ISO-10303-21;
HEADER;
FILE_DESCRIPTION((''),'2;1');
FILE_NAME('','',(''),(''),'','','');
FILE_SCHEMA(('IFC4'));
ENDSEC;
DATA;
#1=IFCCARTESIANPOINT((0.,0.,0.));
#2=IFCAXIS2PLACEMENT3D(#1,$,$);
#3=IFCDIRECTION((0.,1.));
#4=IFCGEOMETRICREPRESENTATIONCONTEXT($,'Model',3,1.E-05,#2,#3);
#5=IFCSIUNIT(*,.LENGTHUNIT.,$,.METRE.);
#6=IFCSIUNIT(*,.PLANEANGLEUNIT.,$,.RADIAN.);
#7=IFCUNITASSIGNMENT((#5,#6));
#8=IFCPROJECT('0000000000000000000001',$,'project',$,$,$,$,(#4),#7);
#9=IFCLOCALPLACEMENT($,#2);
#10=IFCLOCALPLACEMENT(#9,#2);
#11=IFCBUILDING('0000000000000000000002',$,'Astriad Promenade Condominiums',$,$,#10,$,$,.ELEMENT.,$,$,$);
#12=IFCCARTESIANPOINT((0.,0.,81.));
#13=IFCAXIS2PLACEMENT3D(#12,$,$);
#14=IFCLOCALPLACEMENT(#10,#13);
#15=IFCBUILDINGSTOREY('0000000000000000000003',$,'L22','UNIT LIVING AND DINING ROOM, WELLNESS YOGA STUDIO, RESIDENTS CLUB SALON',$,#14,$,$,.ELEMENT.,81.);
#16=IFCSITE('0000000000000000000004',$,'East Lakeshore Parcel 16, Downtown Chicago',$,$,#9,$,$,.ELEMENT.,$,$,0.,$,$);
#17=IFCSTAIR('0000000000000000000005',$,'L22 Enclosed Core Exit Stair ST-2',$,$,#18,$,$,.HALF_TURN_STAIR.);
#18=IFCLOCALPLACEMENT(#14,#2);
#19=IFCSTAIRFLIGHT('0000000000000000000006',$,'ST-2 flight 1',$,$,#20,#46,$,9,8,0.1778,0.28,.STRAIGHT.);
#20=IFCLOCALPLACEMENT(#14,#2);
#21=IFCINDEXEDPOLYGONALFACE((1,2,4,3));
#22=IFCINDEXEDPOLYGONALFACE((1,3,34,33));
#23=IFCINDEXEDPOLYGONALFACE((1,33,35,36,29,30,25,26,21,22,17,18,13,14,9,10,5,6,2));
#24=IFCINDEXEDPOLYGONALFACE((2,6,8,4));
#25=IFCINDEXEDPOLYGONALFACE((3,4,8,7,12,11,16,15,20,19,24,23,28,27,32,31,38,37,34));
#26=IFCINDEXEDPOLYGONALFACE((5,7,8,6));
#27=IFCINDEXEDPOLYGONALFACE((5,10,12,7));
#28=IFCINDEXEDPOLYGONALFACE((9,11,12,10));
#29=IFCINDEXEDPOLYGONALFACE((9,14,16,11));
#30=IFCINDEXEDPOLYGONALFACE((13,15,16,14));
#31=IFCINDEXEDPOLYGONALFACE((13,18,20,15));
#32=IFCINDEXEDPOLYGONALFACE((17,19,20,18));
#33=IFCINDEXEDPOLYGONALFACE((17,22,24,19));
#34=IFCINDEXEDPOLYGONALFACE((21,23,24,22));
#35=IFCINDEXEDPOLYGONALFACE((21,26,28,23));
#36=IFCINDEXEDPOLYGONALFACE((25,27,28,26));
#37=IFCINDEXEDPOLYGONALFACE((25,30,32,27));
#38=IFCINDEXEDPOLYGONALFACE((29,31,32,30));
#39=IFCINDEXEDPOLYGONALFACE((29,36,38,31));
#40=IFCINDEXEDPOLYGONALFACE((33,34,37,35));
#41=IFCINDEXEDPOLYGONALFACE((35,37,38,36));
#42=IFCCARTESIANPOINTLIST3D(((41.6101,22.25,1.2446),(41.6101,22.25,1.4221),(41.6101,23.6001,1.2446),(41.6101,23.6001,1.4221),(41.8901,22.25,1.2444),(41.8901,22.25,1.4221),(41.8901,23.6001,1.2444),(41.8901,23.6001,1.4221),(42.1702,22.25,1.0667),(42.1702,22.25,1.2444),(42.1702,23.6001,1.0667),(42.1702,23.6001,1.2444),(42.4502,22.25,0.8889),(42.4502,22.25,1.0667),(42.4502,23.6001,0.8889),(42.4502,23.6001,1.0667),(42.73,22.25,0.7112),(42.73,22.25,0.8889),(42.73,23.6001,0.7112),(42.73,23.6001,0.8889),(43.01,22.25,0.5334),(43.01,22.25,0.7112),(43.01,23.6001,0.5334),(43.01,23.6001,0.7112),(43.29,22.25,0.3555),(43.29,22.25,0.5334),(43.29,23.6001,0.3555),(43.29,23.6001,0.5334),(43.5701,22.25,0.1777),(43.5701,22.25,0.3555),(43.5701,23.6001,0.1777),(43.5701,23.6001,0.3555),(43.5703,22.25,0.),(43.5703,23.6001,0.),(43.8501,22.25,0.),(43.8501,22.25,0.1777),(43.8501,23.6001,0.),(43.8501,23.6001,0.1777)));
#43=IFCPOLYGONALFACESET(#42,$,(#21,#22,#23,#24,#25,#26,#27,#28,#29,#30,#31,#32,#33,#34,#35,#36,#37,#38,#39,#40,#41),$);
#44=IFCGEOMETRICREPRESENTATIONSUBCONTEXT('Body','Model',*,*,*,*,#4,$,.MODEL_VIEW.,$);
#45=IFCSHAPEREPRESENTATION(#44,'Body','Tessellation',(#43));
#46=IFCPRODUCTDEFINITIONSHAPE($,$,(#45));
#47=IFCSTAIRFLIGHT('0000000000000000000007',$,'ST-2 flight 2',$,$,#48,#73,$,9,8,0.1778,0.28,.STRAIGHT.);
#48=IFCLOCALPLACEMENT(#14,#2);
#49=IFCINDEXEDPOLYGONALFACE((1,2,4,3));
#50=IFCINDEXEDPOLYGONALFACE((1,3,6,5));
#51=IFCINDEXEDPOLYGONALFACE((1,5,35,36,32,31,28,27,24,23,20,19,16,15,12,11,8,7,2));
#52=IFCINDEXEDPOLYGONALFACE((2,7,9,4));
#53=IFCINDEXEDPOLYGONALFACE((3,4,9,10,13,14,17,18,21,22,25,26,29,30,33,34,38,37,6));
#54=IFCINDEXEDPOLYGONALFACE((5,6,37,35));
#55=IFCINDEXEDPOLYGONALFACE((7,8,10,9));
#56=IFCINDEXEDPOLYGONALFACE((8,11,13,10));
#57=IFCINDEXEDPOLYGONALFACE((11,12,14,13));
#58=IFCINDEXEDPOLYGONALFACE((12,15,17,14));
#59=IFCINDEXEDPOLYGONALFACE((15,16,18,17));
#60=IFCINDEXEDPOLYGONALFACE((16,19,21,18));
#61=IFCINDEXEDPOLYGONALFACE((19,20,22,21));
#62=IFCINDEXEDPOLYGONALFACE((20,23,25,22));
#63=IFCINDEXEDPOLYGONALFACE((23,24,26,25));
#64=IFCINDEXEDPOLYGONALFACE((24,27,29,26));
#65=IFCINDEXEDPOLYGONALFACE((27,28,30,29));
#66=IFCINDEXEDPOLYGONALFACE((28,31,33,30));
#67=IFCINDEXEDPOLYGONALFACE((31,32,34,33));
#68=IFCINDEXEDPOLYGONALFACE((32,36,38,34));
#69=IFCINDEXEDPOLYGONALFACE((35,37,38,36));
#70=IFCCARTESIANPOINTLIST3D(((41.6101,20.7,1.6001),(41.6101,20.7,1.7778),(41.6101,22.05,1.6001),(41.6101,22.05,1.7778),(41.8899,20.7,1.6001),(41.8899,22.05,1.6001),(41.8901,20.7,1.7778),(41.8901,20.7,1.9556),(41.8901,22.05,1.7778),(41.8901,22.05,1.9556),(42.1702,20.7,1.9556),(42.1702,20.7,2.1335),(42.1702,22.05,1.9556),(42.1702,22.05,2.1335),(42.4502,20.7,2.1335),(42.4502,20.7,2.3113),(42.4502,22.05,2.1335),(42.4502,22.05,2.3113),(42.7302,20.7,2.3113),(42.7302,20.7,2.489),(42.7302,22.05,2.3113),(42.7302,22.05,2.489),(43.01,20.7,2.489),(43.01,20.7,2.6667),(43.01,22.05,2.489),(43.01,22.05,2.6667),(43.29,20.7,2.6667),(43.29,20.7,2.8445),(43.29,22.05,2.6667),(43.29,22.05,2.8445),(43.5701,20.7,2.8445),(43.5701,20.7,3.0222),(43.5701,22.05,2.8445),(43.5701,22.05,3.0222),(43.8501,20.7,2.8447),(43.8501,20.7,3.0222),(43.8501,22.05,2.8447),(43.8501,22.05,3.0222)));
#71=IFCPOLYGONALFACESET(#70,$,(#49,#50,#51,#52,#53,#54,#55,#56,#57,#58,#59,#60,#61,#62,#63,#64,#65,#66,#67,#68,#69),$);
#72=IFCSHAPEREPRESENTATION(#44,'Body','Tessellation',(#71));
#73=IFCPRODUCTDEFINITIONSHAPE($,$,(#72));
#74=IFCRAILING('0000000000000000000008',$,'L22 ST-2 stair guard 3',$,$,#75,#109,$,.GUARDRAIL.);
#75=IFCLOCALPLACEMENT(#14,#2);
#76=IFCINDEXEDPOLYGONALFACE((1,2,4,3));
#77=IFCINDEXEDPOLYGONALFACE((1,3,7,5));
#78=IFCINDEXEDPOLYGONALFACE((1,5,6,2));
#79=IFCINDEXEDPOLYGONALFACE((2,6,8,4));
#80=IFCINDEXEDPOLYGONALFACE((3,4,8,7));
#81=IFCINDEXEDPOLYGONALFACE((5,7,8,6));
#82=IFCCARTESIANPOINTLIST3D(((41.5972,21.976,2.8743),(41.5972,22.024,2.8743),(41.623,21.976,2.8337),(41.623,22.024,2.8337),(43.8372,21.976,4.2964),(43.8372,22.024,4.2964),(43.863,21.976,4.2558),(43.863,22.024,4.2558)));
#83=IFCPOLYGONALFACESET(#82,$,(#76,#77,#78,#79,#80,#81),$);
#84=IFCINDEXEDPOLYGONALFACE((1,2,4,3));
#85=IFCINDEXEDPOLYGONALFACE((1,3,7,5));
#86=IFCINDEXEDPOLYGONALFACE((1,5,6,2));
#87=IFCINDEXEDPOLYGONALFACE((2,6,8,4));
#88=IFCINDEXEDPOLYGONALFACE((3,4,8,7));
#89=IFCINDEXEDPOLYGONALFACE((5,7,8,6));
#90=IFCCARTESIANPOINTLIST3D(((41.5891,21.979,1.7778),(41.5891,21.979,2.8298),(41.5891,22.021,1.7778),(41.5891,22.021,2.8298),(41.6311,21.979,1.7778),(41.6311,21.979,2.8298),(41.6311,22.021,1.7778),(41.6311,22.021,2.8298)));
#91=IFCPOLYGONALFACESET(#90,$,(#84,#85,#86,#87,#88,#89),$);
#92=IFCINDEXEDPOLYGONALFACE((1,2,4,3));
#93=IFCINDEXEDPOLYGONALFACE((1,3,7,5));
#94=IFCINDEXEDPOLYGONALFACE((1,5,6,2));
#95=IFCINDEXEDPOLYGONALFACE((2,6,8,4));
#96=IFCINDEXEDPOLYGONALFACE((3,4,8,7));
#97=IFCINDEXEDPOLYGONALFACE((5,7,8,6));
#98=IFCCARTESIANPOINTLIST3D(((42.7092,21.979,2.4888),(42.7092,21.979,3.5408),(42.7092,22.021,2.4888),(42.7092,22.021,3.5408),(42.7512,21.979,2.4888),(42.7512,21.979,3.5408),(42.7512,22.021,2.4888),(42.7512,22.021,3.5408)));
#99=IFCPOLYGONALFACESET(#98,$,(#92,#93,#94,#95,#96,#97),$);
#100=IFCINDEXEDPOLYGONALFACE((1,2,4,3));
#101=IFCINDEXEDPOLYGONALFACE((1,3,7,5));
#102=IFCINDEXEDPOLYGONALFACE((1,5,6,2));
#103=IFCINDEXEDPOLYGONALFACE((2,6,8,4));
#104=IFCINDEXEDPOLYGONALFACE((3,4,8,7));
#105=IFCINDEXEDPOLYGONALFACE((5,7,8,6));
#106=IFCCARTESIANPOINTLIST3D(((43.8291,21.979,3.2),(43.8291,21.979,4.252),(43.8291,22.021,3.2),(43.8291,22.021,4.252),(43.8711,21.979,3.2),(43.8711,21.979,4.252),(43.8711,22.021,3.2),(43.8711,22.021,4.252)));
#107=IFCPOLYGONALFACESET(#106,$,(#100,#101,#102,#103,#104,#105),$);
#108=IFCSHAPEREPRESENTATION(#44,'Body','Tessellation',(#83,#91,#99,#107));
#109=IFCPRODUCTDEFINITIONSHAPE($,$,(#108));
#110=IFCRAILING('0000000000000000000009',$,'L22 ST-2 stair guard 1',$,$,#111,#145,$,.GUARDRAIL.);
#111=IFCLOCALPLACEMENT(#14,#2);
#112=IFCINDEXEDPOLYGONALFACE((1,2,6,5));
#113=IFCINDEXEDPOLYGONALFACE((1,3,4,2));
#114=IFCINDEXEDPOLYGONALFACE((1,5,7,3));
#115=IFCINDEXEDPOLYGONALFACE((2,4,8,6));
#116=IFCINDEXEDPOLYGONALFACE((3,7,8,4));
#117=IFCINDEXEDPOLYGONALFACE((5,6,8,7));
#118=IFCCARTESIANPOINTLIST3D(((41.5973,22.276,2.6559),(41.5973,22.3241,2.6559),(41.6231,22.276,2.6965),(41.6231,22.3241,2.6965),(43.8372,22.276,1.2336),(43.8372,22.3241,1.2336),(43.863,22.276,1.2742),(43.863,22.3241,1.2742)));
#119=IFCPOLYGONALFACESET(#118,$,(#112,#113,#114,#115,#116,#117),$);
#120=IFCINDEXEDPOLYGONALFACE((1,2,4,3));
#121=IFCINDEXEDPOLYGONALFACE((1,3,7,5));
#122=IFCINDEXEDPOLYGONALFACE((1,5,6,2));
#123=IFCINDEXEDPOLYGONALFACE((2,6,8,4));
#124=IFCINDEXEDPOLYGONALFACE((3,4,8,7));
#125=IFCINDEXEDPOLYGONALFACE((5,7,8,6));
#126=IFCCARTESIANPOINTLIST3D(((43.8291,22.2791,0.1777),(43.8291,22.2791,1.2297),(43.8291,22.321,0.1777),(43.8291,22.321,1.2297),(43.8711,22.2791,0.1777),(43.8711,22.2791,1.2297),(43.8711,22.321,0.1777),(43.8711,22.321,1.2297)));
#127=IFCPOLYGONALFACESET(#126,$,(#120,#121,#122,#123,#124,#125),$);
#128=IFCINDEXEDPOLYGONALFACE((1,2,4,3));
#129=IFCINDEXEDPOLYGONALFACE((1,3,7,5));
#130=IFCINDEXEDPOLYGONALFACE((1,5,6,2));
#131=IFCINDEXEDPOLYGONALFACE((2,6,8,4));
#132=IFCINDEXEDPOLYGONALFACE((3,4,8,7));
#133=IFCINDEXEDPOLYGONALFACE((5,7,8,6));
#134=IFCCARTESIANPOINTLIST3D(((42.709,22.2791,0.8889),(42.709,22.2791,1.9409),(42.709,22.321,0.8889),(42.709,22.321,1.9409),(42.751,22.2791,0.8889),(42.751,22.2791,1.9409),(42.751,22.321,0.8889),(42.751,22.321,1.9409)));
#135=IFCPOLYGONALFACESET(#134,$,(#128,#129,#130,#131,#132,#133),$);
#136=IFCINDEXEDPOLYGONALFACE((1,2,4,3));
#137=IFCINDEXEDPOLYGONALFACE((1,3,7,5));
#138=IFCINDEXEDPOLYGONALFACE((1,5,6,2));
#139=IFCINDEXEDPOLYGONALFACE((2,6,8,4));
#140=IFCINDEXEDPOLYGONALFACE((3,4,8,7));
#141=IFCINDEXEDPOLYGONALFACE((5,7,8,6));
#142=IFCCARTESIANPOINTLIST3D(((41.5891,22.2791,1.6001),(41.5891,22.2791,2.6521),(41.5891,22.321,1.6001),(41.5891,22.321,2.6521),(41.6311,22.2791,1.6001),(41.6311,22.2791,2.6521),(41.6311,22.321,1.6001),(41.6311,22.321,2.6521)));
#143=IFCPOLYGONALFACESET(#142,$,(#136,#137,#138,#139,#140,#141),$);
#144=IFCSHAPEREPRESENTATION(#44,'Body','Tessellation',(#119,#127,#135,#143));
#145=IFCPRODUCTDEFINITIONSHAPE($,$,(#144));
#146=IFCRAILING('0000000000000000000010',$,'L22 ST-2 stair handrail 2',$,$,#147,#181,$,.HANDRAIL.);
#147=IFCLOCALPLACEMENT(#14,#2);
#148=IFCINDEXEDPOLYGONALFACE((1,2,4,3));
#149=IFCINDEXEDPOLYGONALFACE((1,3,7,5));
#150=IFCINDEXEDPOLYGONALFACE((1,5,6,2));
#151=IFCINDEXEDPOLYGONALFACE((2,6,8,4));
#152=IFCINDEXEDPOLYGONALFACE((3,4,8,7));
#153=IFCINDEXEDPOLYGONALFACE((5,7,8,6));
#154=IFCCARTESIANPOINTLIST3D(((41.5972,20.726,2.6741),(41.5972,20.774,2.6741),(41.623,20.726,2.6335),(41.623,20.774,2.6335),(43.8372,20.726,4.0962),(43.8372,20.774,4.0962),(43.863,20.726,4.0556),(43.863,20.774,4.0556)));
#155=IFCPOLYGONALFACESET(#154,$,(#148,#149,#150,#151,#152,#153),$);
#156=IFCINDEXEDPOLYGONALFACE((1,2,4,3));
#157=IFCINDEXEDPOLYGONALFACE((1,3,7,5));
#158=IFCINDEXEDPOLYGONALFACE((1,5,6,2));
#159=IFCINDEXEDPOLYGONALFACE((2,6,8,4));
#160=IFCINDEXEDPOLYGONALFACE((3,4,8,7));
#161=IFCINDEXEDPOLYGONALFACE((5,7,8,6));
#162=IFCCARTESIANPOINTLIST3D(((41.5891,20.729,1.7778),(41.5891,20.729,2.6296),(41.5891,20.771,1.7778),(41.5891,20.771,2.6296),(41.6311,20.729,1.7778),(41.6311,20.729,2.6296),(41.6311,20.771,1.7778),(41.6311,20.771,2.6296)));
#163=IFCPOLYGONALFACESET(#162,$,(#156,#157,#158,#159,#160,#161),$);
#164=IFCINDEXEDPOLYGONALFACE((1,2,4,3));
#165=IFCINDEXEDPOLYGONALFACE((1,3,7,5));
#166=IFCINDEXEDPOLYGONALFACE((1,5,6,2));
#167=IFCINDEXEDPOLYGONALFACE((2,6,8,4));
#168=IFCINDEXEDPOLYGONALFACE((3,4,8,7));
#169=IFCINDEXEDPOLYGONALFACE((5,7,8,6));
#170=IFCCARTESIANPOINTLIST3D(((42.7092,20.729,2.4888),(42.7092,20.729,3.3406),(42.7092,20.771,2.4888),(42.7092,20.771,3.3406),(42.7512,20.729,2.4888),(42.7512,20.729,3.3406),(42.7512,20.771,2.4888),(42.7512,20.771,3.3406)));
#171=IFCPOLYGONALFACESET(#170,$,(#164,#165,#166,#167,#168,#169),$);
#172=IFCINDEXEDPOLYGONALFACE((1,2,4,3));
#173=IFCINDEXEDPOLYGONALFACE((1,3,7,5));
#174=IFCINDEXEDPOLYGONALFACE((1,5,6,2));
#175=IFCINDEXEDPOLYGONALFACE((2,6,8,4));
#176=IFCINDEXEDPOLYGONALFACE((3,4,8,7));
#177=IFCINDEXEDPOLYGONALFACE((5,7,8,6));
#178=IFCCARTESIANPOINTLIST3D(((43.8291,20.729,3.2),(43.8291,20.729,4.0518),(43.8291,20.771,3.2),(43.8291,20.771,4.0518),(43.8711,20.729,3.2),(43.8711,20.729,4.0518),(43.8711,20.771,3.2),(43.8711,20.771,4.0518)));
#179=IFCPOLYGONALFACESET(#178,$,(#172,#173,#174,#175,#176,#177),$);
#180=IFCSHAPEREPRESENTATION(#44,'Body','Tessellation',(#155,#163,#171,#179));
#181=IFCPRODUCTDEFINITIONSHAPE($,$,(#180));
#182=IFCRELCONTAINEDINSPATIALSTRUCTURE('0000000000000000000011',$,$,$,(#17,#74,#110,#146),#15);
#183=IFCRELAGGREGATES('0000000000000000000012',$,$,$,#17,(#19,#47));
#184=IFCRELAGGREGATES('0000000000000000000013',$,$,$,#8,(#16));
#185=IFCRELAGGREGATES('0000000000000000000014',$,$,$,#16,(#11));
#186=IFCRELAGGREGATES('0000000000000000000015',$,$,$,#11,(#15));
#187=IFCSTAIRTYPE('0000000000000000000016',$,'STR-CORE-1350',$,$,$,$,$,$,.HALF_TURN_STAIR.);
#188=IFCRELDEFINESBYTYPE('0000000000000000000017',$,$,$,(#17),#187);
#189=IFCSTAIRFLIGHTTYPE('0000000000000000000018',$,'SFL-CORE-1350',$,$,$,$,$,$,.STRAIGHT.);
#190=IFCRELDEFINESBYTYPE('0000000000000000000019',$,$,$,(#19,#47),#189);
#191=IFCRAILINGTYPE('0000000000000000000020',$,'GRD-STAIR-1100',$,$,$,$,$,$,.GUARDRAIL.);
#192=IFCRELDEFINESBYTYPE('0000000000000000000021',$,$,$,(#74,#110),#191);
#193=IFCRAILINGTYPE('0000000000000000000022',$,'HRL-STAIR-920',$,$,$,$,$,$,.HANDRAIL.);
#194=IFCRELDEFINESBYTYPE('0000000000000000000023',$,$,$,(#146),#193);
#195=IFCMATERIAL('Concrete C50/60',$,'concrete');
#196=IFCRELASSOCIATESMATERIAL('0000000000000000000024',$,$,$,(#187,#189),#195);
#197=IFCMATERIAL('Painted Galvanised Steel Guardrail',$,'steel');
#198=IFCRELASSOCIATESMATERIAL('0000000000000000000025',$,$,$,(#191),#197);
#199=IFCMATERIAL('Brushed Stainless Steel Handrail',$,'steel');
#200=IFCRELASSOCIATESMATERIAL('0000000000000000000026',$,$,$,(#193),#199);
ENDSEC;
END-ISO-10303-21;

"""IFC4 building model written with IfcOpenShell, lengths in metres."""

from ifc_helpers import new_model, si_unit, direction, frame, origin, origin_2d, place, context, subcontext, project, spatial, polyline, rectangle, outline, extrude, source, transform, mapped, material, type_object, type_shapes, element, aggregate, save


model = new_model("IFC4")

# Units and contexts
model_context = context("Model", 3, precision=1e-05, world=origin(), true_north=direction((0.0, 1.0)))
body_context = subcontext(model_context, "Body", "Model", "MODEL_VIEW")
ifc_project = project(units=[si_unit("LENGTHUNIT", "METRE"), si_unit("PLANEANGLEUNIT", "RADIAN")], contexts=[model_context])

# Site, building, storey
site_placement = place(None, origin())
site = spatial("IfcSite", under=ifc_project, at=site_placement, Name="East Lakeshore Parcel 16, Downtown Chicago", CompositionType="ELEMENT", RefElevation=0.0)
building_placement = place(site_placement, origin())
building = spatial("IfcBuilding", under=site, at=building_placement, Name="Astriad Promenade Condominiums", CompositionType="ELEMENT")
storey_placement = place(building_placement, frame((0.0, 0.0, 81.0)))
storey = spatial("IfcBuildingStorey", under=building, at=storey_placement, Name="L22", Description="UNIT LIVING AND DINING ROOM, WELLNESS YOGA STUDIO, RESIDENTS CLUB SALON", CompositionType="ELEMENT", Elevation=81.0)

# Shared definitions
ifc_material_1 = material(Name="Concrete C50/60", Category="concrete")

# Stair, stair flights
stair_type = type_object("IfcStairType", Name="STR-CORE-1350", PredefinedType="HALF_TURN_STAIR", material=ifc_material_1)
stair_placement = place(storey_placement, origin())
stair = element("IfcStair", 1, at=stair_placement, inside=storey, type_object=stair_type, Name="L22 Enclosed Core Exit Stair ST-2", PredefinedType="HALF_TURN_STAIR")
stair_flight_type = type_object("IfcStairFlightType", Name="SFL-CORE-1350", PredefinedType="STRAIGHT", material=ifc_material_1)
shared_shape_1 = source(origin(), body_context, "Body", "SweptSolid", [
    extrude(outline(polyline([(0.0, 0.0), (0.0, 0.1777), (0.28, 0.1777), (0.28, 0.3555), (0.5601, 0.3555), (0.5601, 0.5334), (0.8401, 0.5334), (0.8401, 0.7112), (1.1201, 0.7112), (1.1201, 0.8889), (1.3999, 0.8889), (1.3999, 1.0667), (1.6799, 1.0667), (1.6799, 1.2444), (1.96, 1.2444), (1.96, 1.4221), (2.24, 1.4221), (2.24, 1.6001), (2.24, 1.2446), (0.2798, 0.0), (0.0, 0.0)])), frame((0.0, 0.675, 0.0), z_axis=(0.0, -1.0, 0.0), x_axis=(1.0, 0.0, 0.0)), (0.0, 0.0, 1.0), 1.3501),
])
type_shapes(stair_flight_type, [shared_shape_1])
stair_flight_1_placement = place(storey_placement, frame((43.8501, 22.925, 0.0), z_axis=(0.0, 0.0, 1.0), x_axis=(-1.0, 0.0, 0.0)))
stair_flight_1 = element("IfcStairFlight", 2, at=stair_flight_1_placement, type_object=stair_flight_type, Name="ST-2 flight 1", NumberOfRisers=9, NumberOfTreads=8, PredefinedType="STRAIGHT", RiserHeight=0.1778, TreadLength=0.28, context=body_context, shape_type="MappedRepresentation", body=[
    mapped(shared_shape_1, transform((0.0, 0.0, 0.0), scale=1.0)),
])
stair_flight_2_placement = place(storey_placement, frame((41.6101, 21.375, 1.6001), z_axis=(0.0, 0.0, 1.0), x_axis=(1.0, 0.0, 0.0)))
stair_flight_2 = element("IfcStairFlight", 3, at=stair_flight_2_placement, type_object=stair_flight_type, Name="ST-2 flight 2", NumberOfRisers=9, NumberOfTreads=8, PredefinedType="STRAIGHT", RiserHeight=0.1778, TreadLength=0.28, context=body_context, shape_type="MappedRepresentation", body=[
    mapped(shared_shape_1, transform((0.0, 0.0, 0.0), scale=1.0)),
])
aggregate(stair, [stair_flight_1, stair_flight_2])

# Railings
ifc_material_2 = material(Name="Painted Galvanised Steel Guardrail", Category="steel")
railing_type_1 = type_object("IfcRailingType", Name="GRD-STAIR-1100", PredefinedType="GUARDRAIL", material=ifc_material_2)
shared_shape_2 = source(origin(), body_context, "Body", "SweptSolid", [
    extrude(rectangle(XDim=0.0481, YDim=0.0481, at=origin_2d()), frame((0.0, 0.0, 1.0762), z_axis=(0.844229, 0.0, 0.535982), x_axis=(0.0, 1.0, 0.0)), (0.0, 0.0, 1.0), 2.6533),
    extrude(rectangle(XDim=0.042, YDim=0.042, at=origin_2d()), origin(), (0.0, 0.0, 1.0), 1.052),
    extrude(rectangle(XDim=0.042, YDim=0.042, at=origin_2d()), frame((1.1201, 0.0, 0.7109)), (0.0, 0.0, 1.0), 1.052),
    extrude(rectangle(XDim=0.042, YDim=0.042, at=origin_2d()), frame((2.24, 0.0, 1.4221)), (0.0, 0.0, 1.0), 1.052),
])
railing_1_placement = place(storey_placement, frame((41.6101, 22.0, 1.7778)))
element("IfcRailing", 4, at=railing_1_placement, inside=storey, type_object=railing_type_1, Name="L22 ST-2 stair guard 3", PredefinedType="GUARDRAIL", context=body_context, shape_type="MappedRepresentation", body=[
    mapped(shared_shape_2, transform((0.0, 0.0, 0.0), scale=1.0)),
])
shared_shape_3 = source(origin(), body_context, "Body", "SweptSolid", [
    extrude(rectangle(XDim=0.0481, YDim=0.0481, at=origin_2d()), frame((0.0, 0.0, 1.0762), z_axis=(-0.844188, 0.0, 0.536048), x_axis=(0.0, -1.0, 0.0)), (0.0, 0.0, 1.0), 2.6533),
    extrude(rectangle(XDim=0.042, YDim=0.042, at=origin_2d()), origin(), (0.0, 0.0, 1.0), 1.052),
    extrude(rectangle(XDim=0.042, YDim=0.042, at=origin_2d()), frame((-1.1201, 0.0, 0.7112)), (0.0, 0.0, 1.0), 1.052),
    extrude(rectangle(XDim=0.042, YDim=0.042, at=origin_2d()), frame((-2.24, 0.0, 1.4224)), (0.0, 0.0, 1.0), 1.052),
])
railing_2_placement = place(storey_placement, frame((43.8501, 22.3, 0.1777)))
element("IfcRailing", 5, at=railing_2_placement, inside=storey, type_object=railing_type_1, Name="L22 ST-2 stair guard 1", PredefinedType="GUARDRAIL", context=body_context, shape_type="MappedRepresentation", body=[
    mapped(shared_shape_3, transform((0.0, 0.0, 0.0), scale=1.0)),
])
ifc_material_3 = material(Name="Brushed Stainless Steel Handrail", Category="steel")
railing_type_2 = type_object("IfcRailingType", Name="HRL-STAIR-920", PredefinedType="HANDRAIL", material=ifc_material_3)
shared_shape_4 = source(origin(), body_context, "Body", "SweptSolid", [
    extrude(rectangle(XDim=0.0481, YDim=0.0481, at=origin_2d()), frame((0.0, 0.0, 0.876), z_axis=(0.844229, 0.0, 0.535982), x_axis=(0.0, 1.0, 0.0)), (0.0, 0.0, 1.0), 2.6533),
    extrude(rectangle(XDim=0.042, YDim=0.042, at=origin_2d()), origin(), (0.0, 0.0, 1.0), 0.8518),
    extrude(rectangle(XDim=0.042, YDim=0.042, at=origin_2d()), frame((1.1201, 0.0, 0.7109)), (0.0, 0.0, 1.0), 0.8518),
    extrude(rectangle(XDim=0.042, YDim=0.042, at=origin_2d()), frame((2.24, 0.0, 1.4221)), (0.0, 0.0, 1.0), 0.8518),
])
railing_3_placement = place(storey_placement, frame((41.6101, 20.75, 1.7778)))
element("IfcRailing", 6, at=railing_3_placement, inside=storey, type_object=railing_type_2, Name="L22 ST-2 stair handrail 2", PredefinedType="HANDRAIL", context=body_context, shape_type="MappedRepresentation", body=[
    mapped(shared_shape_4, transform((0.0, 0.0, 0.0), scale=1.0)),
])

save(model, "model.ifc")
